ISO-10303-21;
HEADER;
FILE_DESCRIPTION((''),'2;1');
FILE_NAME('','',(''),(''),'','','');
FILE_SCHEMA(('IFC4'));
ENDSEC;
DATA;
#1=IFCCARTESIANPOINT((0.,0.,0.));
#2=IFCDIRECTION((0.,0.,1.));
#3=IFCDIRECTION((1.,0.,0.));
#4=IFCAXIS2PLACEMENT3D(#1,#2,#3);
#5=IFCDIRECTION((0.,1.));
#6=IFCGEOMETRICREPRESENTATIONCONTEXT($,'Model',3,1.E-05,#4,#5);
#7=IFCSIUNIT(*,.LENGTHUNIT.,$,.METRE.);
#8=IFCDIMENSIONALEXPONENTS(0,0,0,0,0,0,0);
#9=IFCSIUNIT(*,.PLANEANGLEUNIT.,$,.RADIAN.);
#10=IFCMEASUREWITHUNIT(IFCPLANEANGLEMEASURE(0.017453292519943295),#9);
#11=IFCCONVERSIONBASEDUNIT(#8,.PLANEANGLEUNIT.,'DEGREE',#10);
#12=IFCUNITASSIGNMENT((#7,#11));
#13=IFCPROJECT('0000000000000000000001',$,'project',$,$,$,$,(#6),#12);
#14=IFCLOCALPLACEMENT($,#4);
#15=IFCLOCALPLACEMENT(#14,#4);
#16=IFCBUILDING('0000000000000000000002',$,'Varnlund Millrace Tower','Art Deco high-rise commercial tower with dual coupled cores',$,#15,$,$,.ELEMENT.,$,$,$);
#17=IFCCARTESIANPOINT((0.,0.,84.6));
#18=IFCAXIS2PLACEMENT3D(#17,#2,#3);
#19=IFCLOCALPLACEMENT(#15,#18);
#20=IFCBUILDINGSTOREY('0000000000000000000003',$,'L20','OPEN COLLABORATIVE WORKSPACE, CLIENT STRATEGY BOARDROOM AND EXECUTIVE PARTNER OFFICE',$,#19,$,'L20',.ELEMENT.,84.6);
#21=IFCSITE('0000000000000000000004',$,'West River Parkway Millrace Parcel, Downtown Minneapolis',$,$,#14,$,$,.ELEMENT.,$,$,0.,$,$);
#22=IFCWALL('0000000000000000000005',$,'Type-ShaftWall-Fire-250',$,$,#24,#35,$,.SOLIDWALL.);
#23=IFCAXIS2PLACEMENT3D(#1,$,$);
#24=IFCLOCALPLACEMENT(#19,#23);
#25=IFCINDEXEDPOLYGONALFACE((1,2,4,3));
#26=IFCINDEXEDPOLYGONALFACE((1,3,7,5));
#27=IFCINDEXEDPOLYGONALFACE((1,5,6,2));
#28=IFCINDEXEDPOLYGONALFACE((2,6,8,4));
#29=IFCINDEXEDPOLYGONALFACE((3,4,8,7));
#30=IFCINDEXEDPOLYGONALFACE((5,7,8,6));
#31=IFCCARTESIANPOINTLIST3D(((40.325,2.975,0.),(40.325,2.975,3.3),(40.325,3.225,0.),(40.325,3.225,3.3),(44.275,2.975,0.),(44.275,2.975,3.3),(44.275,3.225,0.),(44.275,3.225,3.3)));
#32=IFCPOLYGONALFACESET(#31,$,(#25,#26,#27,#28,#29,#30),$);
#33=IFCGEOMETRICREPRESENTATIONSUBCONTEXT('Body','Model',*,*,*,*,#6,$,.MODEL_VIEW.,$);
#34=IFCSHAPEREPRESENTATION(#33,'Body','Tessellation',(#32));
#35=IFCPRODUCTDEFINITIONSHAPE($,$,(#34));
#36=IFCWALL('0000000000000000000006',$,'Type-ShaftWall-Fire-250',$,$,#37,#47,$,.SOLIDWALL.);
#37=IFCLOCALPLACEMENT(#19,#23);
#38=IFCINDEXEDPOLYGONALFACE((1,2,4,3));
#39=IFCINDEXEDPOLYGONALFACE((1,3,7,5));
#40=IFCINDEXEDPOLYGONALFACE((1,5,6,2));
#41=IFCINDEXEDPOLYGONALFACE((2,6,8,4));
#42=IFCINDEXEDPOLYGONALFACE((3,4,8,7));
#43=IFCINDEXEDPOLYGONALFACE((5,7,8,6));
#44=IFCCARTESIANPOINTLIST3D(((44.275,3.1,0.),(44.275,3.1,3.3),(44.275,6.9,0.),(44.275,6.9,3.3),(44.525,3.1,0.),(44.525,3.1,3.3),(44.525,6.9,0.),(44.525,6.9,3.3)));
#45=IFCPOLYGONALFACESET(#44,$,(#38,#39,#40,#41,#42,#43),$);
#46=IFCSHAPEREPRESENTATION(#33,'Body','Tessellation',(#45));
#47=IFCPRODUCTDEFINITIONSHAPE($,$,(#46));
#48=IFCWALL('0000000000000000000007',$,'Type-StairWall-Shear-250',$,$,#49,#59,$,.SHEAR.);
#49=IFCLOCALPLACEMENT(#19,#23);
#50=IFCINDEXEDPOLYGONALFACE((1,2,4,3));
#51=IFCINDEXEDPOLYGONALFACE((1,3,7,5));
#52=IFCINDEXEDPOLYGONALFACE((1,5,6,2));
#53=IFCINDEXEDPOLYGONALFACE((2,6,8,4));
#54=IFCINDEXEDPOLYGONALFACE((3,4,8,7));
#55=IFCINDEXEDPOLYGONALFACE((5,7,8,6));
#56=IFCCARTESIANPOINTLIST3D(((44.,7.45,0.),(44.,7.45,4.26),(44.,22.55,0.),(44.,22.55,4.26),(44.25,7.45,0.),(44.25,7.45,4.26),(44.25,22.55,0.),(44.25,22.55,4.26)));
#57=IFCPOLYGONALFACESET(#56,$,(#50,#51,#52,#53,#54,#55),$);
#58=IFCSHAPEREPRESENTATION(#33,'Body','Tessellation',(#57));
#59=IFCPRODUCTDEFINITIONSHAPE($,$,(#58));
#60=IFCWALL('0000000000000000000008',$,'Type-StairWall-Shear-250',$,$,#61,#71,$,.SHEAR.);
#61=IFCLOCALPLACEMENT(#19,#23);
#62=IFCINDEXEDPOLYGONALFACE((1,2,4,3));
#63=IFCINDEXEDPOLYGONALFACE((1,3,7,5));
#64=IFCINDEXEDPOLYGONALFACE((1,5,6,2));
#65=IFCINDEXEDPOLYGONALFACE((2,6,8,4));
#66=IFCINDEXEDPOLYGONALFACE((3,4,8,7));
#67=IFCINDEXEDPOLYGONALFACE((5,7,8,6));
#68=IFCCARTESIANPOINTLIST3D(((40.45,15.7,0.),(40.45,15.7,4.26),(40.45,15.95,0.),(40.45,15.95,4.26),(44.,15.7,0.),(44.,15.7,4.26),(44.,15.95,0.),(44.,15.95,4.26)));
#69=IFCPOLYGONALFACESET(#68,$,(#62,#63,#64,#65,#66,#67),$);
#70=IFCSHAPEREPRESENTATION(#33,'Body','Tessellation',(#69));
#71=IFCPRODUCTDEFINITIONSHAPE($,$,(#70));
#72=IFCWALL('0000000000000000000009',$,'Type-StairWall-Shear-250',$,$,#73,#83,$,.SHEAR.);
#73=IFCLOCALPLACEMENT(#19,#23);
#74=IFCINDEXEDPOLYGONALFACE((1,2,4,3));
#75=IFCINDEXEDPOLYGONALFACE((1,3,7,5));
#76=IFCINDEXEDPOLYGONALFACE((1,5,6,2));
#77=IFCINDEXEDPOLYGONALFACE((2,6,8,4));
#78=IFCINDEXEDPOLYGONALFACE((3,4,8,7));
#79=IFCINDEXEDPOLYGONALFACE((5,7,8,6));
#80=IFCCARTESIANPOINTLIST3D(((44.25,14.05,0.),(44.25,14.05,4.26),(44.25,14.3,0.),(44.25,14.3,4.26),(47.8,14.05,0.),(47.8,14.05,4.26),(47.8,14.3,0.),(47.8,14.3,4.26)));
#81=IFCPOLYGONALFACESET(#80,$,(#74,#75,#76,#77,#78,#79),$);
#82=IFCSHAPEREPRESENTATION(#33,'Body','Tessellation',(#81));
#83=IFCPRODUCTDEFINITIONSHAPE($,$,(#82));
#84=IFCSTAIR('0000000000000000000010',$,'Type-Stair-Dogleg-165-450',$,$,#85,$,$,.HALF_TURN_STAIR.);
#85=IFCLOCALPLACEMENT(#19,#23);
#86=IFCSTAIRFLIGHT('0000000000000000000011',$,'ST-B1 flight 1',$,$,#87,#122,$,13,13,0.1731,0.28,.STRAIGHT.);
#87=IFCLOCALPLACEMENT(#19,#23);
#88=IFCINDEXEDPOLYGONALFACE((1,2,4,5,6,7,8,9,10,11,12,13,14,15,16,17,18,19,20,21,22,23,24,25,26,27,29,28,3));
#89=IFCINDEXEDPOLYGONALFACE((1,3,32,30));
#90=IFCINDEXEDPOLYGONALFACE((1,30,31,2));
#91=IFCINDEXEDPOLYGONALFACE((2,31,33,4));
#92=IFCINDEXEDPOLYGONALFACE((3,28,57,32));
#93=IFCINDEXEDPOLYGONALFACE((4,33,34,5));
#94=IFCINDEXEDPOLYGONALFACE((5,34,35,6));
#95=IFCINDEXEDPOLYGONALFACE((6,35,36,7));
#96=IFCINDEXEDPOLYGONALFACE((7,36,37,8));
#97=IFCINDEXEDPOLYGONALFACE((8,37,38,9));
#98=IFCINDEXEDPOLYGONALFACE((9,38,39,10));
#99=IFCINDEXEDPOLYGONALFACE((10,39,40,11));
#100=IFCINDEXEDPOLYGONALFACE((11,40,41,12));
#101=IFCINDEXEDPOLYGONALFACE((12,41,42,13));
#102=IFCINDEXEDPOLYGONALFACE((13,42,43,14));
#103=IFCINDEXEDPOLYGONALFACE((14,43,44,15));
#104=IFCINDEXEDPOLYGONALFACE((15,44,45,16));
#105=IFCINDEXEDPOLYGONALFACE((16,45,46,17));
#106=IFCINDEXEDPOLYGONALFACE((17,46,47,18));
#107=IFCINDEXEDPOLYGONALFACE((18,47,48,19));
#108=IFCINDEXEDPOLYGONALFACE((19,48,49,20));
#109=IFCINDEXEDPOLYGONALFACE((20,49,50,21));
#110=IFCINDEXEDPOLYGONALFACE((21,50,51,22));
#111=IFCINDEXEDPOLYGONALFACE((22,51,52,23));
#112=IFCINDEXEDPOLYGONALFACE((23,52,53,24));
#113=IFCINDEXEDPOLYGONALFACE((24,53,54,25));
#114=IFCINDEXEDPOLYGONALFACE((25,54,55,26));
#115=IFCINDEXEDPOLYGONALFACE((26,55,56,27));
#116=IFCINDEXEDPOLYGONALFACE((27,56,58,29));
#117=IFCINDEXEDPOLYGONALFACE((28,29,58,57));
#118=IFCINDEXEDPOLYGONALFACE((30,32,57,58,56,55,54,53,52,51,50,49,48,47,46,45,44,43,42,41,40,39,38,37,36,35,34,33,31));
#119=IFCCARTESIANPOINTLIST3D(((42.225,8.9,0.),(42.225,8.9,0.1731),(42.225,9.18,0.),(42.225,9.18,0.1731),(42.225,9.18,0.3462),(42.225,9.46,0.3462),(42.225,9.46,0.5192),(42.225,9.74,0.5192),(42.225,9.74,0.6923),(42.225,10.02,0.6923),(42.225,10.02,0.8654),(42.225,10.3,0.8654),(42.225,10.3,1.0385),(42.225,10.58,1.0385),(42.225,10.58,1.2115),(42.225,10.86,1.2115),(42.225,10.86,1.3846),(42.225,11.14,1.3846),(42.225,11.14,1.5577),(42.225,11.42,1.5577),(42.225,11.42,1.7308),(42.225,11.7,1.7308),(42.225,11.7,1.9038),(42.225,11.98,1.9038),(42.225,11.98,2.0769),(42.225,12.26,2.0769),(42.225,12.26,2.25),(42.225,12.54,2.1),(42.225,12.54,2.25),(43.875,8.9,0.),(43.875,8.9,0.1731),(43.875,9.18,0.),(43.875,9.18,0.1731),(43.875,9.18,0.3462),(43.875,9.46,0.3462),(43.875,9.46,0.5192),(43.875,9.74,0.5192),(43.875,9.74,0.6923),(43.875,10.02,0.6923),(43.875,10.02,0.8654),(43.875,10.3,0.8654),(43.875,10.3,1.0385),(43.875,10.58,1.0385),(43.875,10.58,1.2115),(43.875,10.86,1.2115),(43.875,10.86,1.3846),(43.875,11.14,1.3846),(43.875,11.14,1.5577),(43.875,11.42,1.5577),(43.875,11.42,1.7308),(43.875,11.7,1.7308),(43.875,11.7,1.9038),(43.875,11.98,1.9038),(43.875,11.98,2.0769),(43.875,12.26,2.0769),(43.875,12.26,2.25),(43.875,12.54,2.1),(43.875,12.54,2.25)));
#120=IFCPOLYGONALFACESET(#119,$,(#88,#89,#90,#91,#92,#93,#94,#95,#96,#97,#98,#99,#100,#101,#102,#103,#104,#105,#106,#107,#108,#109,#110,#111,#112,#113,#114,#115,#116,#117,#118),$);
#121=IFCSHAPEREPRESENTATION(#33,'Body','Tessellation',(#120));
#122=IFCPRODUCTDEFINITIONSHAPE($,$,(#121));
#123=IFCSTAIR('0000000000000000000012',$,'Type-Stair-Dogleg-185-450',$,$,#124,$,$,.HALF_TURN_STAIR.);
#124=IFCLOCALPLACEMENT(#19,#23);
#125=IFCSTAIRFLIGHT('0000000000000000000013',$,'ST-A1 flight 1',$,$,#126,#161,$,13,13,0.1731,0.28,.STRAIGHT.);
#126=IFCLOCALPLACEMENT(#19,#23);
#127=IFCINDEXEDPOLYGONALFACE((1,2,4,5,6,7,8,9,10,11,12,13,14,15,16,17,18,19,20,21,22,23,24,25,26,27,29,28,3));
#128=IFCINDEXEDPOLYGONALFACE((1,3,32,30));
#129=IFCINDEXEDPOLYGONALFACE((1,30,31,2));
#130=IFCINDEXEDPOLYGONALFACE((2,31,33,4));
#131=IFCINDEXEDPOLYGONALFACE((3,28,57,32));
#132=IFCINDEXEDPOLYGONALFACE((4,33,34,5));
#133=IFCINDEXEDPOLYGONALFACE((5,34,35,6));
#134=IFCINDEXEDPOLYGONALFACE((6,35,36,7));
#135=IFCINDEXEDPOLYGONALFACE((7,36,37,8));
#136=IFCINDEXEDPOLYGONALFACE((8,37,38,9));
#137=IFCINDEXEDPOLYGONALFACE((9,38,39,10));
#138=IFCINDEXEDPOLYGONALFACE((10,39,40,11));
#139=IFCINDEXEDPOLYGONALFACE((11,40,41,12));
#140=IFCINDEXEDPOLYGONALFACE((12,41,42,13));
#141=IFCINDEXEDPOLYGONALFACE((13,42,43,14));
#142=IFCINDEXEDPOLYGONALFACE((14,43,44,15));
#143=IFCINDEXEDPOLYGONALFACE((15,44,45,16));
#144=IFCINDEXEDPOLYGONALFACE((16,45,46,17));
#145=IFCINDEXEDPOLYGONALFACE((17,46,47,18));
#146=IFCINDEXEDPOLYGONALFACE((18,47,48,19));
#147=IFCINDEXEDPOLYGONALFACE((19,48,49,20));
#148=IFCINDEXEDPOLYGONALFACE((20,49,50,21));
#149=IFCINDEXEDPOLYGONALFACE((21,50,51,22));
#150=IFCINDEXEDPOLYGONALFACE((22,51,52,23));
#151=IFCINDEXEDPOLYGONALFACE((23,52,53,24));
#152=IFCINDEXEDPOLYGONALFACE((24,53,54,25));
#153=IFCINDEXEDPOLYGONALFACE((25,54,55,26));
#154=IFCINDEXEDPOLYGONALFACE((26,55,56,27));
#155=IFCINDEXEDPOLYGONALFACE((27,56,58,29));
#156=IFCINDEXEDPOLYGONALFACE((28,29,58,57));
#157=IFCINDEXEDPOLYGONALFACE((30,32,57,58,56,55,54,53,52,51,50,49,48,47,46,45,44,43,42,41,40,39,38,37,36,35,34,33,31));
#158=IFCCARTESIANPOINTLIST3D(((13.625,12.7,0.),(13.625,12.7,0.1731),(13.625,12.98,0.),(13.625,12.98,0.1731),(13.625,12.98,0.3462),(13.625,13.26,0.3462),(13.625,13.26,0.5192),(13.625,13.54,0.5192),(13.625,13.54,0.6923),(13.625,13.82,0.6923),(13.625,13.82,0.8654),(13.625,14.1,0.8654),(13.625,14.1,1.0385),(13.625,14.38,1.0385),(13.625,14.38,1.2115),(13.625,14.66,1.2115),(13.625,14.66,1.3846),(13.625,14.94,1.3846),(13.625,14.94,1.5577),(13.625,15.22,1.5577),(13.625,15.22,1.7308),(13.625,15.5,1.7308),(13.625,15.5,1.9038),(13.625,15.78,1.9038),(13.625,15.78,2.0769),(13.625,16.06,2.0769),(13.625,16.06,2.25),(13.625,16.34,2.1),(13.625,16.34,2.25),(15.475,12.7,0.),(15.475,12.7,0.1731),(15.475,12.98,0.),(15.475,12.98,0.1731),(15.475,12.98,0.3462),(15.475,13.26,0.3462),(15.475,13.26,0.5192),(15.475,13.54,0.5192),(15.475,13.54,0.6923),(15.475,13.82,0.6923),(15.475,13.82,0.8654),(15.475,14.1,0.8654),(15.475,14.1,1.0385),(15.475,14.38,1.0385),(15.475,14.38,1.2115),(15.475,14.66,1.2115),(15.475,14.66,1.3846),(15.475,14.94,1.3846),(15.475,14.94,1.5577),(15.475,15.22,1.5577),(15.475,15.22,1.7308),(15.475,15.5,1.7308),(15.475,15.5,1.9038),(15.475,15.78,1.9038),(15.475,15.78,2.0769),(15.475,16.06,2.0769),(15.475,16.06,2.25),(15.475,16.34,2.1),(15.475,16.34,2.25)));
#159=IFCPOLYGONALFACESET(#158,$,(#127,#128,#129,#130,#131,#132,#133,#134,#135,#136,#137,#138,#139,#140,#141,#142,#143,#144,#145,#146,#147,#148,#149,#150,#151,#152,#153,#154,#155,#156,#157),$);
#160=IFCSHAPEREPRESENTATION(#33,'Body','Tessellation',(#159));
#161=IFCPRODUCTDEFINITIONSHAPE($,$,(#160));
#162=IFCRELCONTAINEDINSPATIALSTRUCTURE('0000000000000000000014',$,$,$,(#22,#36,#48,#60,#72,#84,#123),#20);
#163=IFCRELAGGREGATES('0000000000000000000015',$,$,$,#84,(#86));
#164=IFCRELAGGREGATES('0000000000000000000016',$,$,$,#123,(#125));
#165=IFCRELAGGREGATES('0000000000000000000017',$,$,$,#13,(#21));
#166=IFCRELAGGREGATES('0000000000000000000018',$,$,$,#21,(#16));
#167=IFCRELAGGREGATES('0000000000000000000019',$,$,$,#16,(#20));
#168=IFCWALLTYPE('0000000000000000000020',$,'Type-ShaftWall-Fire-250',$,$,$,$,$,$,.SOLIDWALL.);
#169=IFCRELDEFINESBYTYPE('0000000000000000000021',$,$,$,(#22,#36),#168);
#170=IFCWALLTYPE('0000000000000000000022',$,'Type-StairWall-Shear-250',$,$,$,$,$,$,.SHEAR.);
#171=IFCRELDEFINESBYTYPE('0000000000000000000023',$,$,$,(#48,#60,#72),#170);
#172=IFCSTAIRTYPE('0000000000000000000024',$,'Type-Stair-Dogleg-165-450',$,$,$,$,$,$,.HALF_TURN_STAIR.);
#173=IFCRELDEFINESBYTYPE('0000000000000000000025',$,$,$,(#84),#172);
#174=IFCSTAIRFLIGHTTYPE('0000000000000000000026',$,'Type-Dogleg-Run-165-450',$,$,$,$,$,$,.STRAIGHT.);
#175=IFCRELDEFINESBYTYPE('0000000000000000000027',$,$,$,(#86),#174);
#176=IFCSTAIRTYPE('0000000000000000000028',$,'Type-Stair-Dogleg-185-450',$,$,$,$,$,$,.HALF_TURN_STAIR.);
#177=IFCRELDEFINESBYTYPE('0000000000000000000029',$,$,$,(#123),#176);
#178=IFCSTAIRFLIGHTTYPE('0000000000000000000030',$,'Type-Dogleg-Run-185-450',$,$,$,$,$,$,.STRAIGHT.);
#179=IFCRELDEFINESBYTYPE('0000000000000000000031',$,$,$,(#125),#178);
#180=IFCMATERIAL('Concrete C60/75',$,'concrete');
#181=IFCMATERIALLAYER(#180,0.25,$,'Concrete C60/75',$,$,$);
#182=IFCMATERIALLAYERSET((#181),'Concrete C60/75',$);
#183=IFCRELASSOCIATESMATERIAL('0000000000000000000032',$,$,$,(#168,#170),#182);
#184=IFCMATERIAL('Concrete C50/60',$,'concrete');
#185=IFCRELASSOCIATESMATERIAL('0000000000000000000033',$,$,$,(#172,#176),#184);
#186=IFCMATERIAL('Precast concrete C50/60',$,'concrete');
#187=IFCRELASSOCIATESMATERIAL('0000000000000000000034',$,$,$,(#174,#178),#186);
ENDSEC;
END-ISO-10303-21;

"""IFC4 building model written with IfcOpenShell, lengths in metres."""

from ifc_helpers import new_model, entity, si_unit, converted_unit, direction, frame, origin_with_axes, place, context, subcontext, project, spatial, polyline, outline, extrude, material, layer, layer_set, type_object, element, aggregate, save


model = new_model("IFC4")

# Units and contexts
model_context = context("Model", 3, precision=1e-05, world=origin_with_axes(), true_north=direction((0.0, 1.0)))
body_context = subcontext(model_context, "Body", "Model", "MODEL_VIEW")
ifc_project = project(units=[si_unit("LENGTHUNIT", "METRE"), converted_unit("PLANEANGLEUNIT", "DEGREE", entity("IfcPlaneAngleMeasure", 0.017453292519943295), si_unit("PLANEANGLEUNIT", "RADIAN"), dimensions=[0, 0, 0, 0, 0, 0, 0])], contexts=[model_context])

# Site, building, storey
site_placement = place(None, origin_with_axes())
site = spatial("IfcSite", under=ifc_project, at=site_placement, Name="West River Parkway Millrace Parcel, Downtown Minneapolis", CompositionType="ELEMENT", RefElevation=0.0)
building_placement = place(site_placement, origin_with_axes())
building = spatial("IfcBuilding", under=site, at=building_placement, Name="Varnlund Millrace Tower", Description="Art Deco high-rise commercial tower with dual coupled cores", CompositionType="ELEMENT")
storey_placement = place(building_placement, frame((0.0, 0.0, 84.6), z_axis=(0.0, 0.0, 1.0), x_axis=(1.0, 0.0, 0.0)))
storey = spatial("IfcBuildingStorey", under=building, at=storey_placement, Name="L20", Description="OPEN COLLABORATIVE WORKSPACE, CLIENT STRATEGY BOARDROOM AND EXECUTIVE PARTNER OFFICE", LongName="L20", CompositionType="ELEMENT", Elevation=84.6)

# Shared definitions
ifc_material_1 = material(Name="Concrete C60/75", Category="concrete")
ifc_layer_1 = layer(ifc_material_1, 0.25, Name="Concrete C60/75")
ifc_layer_set_1 = layer_set([ifc_layer_1], Name="Concrete C60/75")
wall_type_1 = type_object("IfcWallType", Name="Type-ShaftWall-Fire-250", PredefinedType="SOLIDWALL", material=ifc_layer_set_1)

# Walls
wall_1_placement = place(storey_placement, frame((40.325, 3.1, 0.0), z_axis=(0.0, 0.0, 1.0), x_axis=(1.0, 0.0, 0.0)))
element("IfcWall", 1, at=wall_1_placement, inside=storey, type_object=wall_type_1, Name="Type-ShaftWall-Fire-250", PredefinedType="SOLIDWALL", context=body_context, shape_type="SweptSolid", body=[
    extrude(outline(polyline([(0.0, -0.125), (3.95, -0.125), (3.95, 0.125), (0.0, 0.125), (0.0, -0.125)])), origin_with_axes(), (0.0, 0.0, 1.0), 3.3),
])
wall_2_placement = place(storey_placement, frame((44.4, 3.1, 0.0), z_axis=(0.0, 0.0, 1.0), x_axis=(0.0, 1.0, 0.0)))
element("IfcWall", 2, at=wall_2_placement, inside=storey, type_object=wall_type_1, Name="Type-ShaftWall-Fire-250", PredefinedType="SOLIDWALL", context=body_context, shape_type="SweptSolid", body=[
    extrude(outline(polyline([(0.0, -0.125), (3.8, -0.125), (3.8, 0.125), (0.0, 0.125), (0.0, -0.125)])), origin_with_axes(), (0.0, 0.0, 1.0), 3.3),
])
wall_type_2 = type_object("IfcWallType", Name="Type-StairWall-Shear-250", PredefinedType="SHEAR", material=ifc_layer_set_1)
wall_3_placement = place(storey_placement, frame((44.125, 7.45, 0.0), z_axis=(0.0, 0.0, 1.0), x_axis=(0.0, 1.0, 0.0)))
element("IfcWall", 3, at=wall_3_placement, inside=storey, type_object=wall_type_2, Name="Type-StairWall-Shear-250", PredefinedType="SHEAR", context=body_context, shape_type="SweptSolid", body=[
    extrude(outline(polyline([(0.0, -0.125), (15.1, -0.125), (15.1, 0.125), (0.0, 0.125), (0.0, -0.125)])), origin_with_axes(), (0.0, 0.0, 1.0), 4.26),
])
for number, where, z_axis, x_axis, name in (
    (4, (40.45, 15.825, 0.0), (0.0, 0.0, 1.0), (1.0, 0.0, 0.0), "Type-StairWall-Shear-250"),
    (5, (44.25, 14.175, 0.0), (0.0, 0.0, 1.0), (1.0, 0.0, 0.0), "Type-StairWall-Shear-250"),
):
    element("IfcWall", number, at=place(storey_placement, frame(where, z_axis=z_axis, x_axis=x_axis)), inside=storey, type_object=wall_type_2, Name=name, PredefinedType="SHEAR", context=body_context, shape_type="SweptSolid", body=[
        extrude(outline(polyline([(0.0, -0.125), (3.55, -0.125), (3.55, 0.125), (0.0, 0.125), (0.0, -0.125)])), origin_with_axes(), (0.0, 0.0, 1.0), 4.26),
    ])

# Stairs, stair flights
ifc_material_2 = material(Name="Concrete C50/60", Category="concrete")
stair_type_1 = type_object("IfcStairType", Name="Type-Stair-Dogleg-165-450", PredefinedType="HALF_TURN_STAIR", material=ifc_material_2)
stair_1_placement = place(storey_placement, origin_with_axes())
stair_1 = element("IfcStair", 6, at=stair_1_placement, inside=storey, type_object=stair_type_1, Name="Type-Stair-Dogleg-165-450", PredefinedType="HALF_TURN_STAIR")
ifc_material_3 = material(Name="Precast concrete C50/60", Category="concrete")
stair_flight_type_1 = type_object("IfcStairFlightType", Name="Type-Dogleg-Run-165-450", PredefinedType="STRAIGHT", material=ifc_material_3)
stair_flight_1_placement = place(storey_placement, frame((42.225, 8.9, 0.0), z_axis=(1.0, 0.0, 0.0), x_axis=(0.0, 1.0, 0.0)))
stair_flight_1 = element("IfcStairFlight", 7, at=stair_flight_1_placement, type_object=stair_flight_type_1, Name="ST-B1 flight 1", NumberOfRisers=13, NumberOfTreads=13, PredefinedType="STRAIGHT", RiserHeight=0.1731, TreadLength=0.28, context=body_context, shape_type="SweptSolid", body=[
    extrude(outline(polyline([(0.0, 0.0), (0.0, 0.1731), (0.28, 0.1731), (0.28, 0.3462), (0.56, 0.3462), (0.56, 0.5192), (0.84, 0.5192), (0.84, 0.6923), (1.12, 0.6923), (1.12, 0.8654), (1.4, 0.8654), (1.4, 1.0385), (1.68, 1.0385), (1.68, 1.2115), (1.96, 1.2115), (1.96, 1.3846), (2.24, 1.3846), (2.24, 1.5577), (2.52, 1.5577), (2.52, 1.7308), (2.8, 1.7308), (2.8, 1.9038), (3.08, 1.9038), (3.08, 2.0769), (3.36, 2.0769), (3.36, 2.25), (3.64, 2.25), (3.64, 2.1), (0.28, 0.0), (0.0, 0.0)])), origin_with_axes(), (0.0, 0.0, 1.0), 1.65),
])
aggregate(stair_1, [stair_flight_1])
stair_type_2 = type_object("IfcStairType", Name="Type-Stair-Dogleg-185-450", PredefinedType="HALF_TURN_STAIR", material=ifc_material_2)
stair_2_placement = place(storey_placement, origin_with_axes())
stair_2 = element("IfcStair", 8, at=stair_2_placement, inside=storey, type_object=stair_type_2, Name="Type-Stair-Dogleg-185-450", PredefinedType="HALF_TURN_STAIR")
stair_flight_type_2 = type_object("IfcStairFlightType", Name="Type-Dogleg-Run-185-450", PredefinedType="STRAIGHT", material=ifc_material_3)
stair_flight_2_placement = place(storey_placement, frame((13.625, 12.7, 0.0), z_axis=(1.0, 0.0, 0.0), x_axis=(0.0, 1.0, 0.0)))
stair_flight_2 = element("IfcStairFlight", 9, at=stair_flight_2_placement, type_object=stair_flight_type_2, Name="ST-A1 flight 1", NumberOfRisers=13, NumberOfTreads=13, PredefinedType="STRAIGHT", RiserHeight=0.1731, TreadLength=0.28, context=body_context, shape_type="SweptSolid", body=[
    extrude(outline(polyline([(0.0, 0.0), (0.0, 0.1731), (0.28, 0.1731), (0.28, 0.3462), (0.56, 0.3462), (0.56, 0.5192), (0.84, 0.5192), (0.84, 0.6923), (1.12, 0.6923), (1.12, 0.8654), (1.4, 0.8654), (1.4, 1.0385), (1.68, 1.0385), (1.68, 1.2115), (1.96, 1.2115), (1.96, 1.3846), (2.24, 1.3846), (2.24, 1.5577), (2.52, 1.5577), (2.52, 1.7308), (2.8, 1.7308), (2.8, 1.9038), (3.08, 1.9038), (3.08, 2.0769), (3.36, 2.0769), (3.36, 2.25), (3.64, 2.25), (3.64, 2.1), (0.28, 0.0), (0.0, 0.0)])), origin_with_axes(), (0.0, 0.0, 1.0), 1.85),
])
aggregate(stair_2, [stair_flight_2])

save(model, "model.ifc")
